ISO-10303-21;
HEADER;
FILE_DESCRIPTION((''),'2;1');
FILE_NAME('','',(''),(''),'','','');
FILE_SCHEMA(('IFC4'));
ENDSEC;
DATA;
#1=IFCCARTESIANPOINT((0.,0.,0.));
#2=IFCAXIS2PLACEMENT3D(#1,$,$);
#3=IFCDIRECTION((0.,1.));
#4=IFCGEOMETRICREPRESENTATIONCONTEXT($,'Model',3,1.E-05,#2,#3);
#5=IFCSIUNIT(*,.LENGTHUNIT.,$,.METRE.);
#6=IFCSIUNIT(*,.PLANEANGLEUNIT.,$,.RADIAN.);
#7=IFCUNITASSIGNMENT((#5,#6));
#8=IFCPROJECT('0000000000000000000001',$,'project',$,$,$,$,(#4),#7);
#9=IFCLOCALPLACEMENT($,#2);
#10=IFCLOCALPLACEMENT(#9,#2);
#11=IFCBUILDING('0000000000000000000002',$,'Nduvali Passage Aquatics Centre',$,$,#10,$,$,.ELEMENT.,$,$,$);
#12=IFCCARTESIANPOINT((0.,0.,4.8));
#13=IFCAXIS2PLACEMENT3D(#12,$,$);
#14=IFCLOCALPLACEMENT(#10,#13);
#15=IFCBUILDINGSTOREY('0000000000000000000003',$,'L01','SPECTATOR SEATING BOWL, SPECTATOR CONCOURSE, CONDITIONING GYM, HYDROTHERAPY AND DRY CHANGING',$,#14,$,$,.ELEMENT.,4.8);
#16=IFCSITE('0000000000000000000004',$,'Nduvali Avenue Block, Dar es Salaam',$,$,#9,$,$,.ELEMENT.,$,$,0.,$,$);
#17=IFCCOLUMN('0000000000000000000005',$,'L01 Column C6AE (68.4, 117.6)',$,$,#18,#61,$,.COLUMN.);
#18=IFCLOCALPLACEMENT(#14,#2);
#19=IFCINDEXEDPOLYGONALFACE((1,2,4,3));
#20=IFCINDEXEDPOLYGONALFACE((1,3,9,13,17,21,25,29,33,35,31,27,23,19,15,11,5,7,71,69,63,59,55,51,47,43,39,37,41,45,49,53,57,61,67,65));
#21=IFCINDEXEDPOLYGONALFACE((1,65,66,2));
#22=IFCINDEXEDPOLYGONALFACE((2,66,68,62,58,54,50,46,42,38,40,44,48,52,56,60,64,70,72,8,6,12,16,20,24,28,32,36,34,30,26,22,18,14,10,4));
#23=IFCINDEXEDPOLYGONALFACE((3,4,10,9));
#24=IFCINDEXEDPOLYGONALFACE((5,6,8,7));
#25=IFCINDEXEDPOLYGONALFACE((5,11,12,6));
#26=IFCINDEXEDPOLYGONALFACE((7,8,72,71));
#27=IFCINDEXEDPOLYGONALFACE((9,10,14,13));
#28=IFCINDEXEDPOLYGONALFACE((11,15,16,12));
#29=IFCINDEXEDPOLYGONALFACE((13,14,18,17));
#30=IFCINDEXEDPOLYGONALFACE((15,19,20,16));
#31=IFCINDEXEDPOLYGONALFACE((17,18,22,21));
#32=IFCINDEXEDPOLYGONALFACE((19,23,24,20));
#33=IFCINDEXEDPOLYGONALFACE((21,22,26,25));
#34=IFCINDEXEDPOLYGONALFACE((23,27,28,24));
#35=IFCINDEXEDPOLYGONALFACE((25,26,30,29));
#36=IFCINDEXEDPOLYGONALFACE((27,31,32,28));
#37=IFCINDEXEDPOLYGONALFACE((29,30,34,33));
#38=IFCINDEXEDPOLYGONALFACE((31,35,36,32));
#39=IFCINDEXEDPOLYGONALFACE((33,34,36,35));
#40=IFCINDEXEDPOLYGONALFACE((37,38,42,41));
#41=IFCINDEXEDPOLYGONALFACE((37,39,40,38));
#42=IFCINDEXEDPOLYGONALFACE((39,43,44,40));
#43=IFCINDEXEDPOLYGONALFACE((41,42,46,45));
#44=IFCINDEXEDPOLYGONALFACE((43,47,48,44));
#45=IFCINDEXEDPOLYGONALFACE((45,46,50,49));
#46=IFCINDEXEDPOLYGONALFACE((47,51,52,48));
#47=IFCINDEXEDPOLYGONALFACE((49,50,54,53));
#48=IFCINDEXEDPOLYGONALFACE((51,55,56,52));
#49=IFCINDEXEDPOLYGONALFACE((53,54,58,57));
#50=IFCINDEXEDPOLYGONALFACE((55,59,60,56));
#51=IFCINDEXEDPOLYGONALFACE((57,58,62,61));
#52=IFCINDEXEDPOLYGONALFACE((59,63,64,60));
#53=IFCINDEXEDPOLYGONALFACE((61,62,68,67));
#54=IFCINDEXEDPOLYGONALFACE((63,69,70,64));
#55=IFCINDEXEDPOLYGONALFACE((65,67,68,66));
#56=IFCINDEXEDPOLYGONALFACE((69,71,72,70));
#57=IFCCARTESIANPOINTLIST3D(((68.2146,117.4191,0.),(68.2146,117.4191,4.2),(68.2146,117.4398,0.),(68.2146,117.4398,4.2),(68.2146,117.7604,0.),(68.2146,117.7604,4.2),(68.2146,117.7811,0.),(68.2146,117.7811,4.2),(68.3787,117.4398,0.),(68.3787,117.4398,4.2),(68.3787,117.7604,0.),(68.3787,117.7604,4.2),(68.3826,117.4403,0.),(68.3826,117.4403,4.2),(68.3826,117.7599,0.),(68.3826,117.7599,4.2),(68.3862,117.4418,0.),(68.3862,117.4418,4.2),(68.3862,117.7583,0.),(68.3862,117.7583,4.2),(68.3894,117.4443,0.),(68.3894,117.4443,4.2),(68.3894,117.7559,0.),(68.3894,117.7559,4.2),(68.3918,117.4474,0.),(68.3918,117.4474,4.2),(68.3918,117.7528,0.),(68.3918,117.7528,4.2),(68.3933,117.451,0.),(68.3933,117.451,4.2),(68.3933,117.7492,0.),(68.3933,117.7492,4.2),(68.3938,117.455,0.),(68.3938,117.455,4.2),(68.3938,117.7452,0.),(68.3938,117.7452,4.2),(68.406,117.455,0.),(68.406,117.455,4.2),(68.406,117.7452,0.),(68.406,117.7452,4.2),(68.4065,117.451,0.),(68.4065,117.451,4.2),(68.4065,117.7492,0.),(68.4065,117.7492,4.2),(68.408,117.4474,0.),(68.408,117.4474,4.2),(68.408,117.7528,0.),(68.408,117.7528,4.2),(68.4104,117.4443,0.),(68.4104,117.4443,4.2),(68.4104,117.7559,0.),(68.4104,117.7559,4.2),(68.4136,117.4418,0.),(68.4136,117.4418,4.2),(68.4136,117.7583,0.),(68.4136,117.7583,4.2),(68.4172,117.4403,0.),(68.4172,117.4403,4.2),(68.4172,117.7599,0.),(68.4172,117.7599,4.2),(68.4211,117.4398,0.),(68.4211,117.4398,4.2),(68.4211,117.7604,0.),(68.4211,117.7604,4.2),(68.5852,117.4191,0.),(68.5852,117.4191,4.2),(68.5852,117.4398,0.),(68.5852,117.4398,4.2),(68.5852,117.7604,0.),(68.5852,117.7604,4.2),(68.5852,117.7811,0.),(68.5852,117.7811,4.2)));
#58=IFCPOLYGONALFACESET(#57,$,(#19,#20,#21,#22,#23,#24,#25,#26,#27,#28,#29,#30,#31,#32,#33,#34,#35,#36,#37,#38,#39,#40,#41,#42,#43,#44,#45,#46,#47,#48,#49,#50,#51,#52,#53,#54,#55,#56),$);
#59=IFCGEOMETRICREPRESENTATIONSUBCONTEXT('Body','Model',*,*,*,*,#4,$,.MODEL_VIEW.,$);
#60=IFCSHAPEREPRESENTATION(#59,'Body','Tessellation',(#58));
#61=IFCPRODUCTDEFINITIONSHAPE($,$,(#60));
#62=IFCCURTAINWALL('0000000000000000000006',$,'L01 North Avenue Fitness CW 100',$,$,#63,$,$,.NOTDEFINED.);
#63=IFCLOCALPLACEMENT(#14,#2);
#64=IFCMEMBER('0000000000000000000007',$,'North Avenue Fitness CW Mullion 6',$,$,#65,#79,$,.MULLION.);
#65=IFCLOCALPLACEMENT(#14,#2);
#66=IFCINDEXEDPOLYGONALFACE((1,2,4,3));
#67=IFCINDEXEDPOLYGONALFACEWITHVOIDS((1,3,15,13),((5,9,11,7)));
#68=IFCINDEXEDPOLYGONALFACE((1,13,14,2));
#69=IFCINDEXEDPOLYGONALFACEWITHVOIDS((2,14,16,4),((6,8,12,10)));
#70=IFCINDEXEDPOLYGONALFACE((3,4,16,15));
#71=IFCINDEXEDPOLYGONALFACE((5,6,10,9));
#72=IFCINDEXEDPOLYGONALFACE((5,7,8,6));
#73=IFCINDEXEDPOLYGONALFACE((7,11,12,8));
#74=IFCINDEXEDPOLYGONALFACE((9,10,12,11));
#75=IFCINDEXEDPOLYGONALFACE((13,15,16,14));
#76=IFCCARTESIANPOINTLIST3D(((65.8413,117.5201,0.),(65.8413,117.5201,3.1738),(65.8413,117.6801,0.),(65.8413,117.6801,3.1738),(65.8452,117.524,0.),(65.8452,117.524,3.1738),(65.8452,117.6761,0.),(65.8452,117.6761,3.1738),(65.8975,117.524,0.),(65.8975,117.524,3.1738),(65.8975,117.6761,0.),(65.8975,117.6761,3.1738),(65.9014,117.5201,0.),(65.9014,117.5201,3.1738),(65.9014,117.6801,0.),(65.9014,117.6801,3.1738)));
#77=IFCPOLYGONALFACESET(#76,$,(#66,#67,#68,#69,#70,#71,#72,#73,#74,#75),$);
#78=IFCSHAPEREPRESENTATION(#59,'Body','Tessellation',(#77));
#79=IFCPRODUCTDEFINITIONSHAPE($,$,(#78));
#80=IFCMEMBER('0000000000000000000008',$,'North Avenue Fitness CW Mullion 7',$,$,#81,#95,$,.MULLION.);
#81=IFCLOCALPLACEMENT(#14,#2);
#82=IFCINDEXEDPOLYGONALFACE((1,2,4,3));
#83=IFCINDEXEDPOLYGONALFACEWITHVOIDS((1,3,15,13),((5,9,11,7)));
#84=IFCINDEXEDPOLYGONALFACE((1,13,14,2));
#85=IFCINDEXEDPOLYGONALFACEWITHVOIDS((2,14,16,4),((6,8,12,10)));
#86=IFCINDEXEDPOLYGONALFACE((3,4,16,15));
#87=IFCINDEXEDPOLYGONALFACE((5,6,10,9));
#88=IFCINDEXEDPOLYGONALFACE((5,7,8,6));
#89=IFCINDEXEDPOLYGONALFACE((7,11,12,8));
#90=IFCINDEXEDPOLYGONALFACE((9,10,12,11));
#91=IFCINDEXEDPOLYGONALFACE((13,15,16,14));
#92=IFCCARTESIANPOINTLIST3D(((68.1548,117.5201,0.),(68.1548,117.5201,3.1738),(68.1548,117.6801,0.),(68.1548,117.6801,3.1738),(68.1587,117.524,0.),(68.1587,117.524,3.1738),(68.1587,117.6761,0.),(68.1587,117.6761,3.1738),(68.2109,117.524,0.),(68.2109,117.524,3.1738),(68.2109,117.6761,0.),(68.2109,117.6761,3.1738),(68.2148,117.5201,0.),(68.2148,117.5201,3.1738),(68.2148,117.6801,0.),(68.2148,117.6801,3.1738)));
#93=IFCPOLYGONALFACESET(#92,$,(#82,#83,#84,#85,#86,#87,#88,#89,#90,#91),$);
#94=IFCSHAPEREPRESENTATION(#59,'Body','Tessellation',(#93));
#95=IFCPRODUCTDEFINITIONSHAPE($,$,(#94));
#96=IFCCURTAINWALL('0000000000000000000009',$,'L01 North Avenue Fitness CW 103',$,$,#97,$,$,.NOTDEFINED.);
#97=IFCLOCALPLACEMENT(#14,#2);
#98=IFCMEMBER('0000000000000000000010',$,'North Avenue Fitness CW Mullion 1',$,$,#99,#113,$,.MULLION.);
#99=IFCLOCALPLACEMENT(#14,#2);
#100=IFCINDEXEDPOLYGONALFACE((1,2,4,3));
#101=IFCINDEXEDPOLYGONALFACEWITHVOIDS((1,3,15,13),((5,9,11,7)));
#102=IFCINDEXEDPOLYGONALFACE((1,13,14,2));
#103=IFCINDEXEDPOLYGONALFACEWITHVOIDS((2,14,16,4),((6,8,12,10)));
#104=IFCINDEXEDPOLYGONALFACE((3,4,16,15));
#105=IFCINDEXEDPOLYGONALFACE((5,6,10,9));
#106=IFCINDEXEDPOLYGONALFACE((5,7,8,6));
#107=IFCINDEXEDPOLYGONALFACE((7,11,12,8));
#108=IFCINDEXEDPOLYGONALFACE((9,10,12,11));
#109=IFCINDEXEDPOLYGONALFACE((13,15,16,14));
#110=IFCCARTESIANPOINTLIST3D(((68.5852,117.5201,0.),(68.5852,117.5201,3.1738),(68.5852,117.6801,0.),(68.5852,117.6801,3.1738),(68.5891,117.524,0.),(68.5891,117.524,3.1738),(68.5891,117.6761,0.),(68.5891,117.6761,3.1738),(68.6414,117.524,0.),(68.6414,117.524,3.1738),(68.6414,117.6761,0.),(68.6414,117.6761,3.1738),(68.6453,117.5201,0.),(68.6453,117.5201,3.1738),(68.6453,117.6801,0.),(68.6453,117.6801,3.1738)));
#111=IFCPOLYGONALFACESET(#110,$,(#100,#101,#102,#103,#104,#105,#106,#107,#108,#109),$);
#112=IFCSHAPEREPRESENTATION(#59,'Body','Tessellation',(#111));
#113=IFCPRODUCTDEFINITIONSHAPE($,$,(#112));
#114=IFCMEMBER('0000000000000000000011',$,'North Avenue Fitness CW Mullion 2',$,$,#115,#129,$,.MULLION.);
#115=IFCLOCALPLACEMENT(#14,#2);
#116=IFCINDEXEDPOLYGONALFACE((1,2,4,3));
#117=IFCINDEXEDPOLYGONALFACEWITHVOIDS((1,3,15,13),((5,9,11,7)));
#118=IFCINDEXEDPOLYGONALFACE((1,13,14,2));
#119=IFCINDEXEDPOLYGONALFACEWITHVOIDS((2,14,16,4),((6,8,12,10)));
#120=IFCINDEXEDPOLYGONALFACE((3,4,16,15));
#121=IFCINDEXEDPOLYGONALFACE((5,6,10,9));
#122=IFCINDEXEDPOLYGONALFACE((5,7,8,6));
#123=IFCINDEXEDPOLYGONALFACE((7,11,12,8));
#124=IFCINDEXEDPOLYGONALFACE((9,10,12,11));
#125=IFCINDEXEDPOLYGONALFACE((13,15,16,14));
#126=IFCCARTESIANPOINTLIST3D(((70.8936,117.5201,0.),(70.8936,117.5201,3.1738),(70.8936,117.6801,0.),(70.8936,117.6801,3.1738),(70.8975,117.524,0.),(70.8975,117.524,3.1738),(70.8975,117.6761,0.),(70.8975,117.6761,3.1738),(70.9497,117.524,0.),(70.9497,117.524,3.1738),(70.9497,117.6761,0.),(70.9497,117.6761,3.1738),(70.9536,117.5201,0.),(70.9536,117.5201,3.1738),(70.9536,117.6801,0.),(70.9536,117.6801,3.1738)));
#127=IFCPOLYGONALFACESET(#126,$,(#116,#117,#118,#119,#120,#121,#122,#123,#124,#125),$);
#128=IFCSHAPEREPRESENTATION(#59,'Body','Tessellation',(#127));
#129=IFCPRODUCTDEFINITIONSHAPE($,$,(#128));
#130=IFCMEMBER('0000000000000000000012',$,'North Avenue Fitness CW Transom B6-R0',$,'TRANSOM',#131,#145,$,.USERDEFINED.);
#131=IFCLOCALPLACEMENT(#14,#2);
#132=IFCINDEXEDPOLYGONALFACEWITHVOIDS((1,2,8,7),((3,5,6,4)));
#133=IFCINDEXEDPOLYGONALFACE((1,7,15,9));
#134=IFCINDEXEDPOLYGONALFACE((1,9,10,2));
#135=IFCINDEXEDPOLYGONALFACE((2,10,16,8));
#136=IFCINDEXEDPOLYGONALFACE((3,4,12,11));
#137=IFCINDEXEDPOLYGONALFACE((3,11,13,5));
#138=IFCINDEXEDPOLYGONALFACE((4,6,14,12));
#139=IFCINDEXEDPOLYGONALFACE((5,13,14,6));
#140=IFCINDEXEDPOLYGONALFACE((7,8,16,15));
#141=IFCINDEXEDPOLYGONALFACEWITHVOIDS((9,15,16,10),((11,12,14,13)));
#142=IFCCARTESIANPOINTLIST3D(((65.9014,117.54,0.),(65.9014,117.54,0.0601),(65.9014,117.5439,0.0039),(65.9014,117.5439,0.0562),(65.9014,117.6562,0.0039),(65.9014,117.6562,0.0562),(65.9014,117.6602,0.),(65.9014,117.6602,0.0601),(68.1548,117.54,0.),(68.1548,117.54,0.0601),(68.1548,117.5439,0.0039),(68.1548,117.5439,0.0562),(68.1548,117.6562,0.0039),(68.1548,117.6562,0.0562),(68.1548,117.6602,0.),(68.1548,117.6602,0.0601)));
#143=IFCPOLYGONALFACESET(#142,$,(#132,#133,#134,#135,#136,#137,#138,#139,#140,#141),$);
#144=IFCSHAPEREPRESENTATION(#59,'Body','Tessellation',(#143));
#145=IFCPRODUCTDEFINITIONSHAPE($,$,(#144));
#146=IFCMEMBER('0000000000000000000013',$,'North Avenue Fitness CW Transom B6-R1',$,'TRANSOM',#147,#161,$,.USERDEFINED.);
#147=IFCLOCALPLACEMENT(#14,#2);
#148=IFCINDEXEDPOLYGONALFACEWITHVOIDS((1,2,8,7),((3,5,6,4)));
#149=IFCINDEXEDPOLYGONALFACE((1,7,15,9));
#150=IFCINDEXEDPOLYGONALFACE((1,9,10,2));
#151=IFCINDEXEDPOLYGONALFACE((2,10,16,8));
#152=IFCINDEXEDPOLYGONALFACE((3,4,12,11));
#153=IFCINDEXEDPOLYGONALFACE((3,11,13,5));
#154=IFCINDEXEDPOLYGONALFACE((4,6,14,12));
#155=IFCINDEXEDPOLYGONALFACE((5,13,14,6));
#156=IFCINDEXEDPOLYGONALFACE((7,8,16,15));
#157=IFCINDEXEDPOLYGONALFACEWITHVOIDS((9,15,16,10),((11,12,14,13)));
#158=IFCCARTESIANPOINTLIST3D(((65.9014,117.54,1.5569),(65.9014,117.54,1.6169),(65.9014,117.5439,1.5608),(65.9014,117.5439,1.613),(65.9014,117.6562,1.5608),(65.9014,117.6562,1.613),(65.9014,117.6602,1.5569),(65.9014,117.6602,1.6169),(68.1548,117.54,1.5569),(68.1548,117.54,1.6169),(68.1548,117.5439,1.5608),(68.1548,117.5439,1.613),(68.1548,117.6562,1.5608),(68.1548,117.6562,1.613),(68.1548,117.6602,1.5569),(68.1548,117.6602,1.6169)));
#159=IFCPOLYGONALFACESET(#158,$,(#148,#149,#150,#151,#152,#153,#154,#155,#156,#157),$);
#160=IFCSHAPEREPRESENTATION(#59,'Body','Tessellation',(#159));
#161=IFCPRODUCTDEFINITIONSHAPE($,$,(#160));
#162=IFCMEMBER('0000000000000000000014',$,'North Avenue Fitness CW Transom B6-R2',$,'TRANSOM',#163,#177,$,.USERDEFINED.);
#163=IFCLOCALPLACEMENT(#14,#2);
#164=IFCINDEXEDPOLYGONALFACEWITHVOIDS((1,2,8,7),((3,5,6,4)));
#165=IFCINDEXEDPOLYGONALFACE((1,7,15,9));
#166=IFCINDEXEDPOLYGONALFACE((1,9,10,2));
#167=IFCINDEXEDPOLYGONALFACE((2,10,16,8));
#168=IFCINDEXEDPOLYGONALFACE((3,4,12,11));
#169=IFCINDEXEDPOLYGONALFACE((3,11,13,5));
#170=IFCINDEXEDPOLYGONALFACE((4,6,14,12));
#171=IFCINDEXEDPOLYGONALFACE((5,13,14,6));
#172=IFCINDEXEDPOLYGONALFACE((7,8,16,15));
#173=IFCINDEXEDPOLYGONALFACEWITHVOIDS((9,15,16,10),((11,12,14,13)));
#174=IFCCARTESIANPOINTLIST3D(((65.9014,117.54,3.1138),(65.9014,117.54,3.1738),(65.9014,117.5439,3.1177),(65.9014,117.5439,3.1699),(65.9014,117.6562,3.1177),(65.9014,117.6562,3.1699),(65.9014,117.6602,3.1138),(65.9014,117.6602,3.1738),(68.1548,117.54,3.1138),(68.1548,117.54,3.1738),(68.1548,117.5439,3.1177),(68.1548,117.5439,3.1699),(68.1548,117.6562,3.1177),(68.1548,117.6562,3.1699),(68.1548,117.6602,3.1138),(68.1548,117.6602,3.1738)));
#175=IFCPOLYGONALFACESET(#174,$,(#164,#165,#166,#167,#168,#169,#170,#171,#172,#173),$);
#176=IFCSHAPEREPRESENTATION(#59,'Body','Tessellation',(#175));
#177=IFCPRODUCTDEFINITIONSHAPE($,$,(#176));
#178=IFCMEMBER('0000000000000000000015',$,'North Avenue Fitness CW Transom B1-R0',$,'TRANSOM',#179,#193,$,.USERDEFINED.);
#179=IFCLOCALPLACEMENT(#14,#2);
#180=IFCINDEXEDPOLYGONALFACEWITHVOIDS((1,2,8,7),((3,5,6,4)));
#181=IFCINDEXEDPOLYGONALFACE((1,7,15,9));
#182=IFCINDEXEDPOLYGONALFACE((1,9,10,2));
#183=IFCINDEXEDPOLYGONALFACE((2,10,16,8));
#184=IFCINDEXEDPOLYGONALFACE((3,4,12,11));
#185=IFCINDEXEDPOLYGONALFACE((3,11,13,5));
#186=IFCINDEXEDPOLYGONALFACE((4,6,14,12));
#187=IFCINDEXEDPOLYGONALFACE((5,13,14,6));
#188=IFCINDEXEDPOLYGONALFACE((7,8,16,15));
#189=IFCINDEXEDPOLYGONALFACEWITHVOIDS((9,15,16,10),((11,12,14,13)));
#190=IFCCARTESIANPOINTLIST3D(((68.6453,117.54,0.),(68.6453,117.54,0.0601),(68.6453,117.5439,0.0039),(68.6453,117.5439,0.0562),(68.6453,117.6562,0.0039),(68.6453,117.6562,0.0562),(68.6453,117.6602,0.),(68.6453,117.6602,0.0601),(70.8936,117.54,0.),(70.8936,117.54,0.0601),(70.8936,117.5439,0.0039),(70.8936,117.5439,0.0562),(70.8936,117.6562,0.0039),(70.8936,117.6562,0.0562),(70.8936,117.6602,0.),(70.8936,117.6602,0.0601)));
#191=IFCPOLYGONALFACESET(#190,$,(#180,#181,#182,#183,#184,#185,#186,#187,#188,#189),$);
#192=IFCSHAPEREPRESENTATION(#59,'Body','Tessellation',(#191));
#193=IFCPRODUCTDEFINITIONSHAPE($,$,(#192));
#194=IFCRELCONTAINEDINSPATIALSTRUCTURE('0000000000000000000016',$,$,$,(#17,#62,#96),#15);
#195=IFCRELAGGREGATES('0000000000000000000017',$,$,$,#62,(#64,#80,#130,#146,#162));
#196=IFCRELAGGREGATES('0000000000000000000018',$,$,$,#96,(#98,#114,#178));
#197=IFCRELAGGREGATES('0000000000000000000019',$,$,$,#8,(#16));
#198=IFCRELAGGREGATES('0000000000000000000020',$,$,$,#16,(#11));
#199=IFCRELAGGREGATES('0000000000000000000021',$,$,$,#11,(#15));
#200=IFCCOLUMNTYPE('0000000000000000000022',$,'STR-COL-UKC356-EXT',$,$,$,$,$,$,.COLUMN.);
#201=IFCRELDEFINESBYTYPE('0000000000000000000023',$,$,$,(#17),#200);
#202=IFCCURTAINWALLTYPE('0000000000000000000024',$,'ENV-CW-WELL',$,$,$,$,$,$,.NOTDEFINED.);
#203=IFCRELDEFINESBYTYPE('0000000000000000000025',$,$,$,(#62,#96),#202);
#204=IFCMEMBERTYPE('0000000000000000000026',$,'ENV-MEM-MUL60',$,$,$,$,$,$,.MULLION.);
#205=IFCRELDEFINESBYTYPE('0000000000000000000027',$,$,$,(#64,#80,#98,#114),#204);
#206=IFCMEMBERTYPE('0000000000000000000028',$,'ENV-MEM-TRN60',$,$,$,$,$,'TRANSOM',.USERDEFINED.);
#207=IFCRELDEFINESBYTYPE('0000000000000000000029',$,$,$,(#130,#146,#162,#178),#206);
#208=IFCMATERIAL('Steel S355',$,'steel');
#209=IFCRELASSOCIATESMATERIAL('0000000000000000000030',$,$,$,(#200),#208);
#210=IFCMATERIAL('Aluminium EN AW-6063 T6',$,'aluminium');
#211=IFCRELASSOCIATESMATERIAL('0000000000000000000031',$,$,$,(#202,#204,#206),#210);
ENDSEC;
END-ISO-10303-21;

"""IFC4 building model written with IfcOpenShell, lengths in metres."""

from ifc_helpers import new_model, si_unit, direction, frame, origin, origin_2d, place, context, subcontext, project, spatial, hollow_rectangle, i_section, extrude, material, material_profile, profile_set, type_object, element, aggregate, save


model = new_model("IFC4")

# Units and contexts
model_context = context("Model", 3, precision=1e-05, world=origin(), true_north=direction((0.0, 1.0)))
body_context = subcontext(model_context, "Body", "Model", "MODEL_VIEW")
ifc_project = project(units=[si_unit("LENGTHUNIT", "METRE"), si_unit("PLANEANGLEUNIT", "RADIAN")], contexts=[model_context])

# Site, building, storey
site_placement = place(None, origin())
site = spatial("IfcSite", under=ifc_project, at=site_placement, Name="Nduvali Avenue Block, Dar es Salaam", CompositionType="ELEMENT", RefElevation=0.0)
building_placement = place(site_placement, origin())
building = spatial("IfcBuilding", under=site, at=building_placement, Name="Nduvali Passage Aquatics Centre", CompositionType="ELEMENT")
storey_placement = place(building_placement, frame((0.0, 0.0, 4.8)))
storey = spatial("IfcBuildingStorey", under=building, at=storey_placement, Name="L01", Description="SPECTATOR SEATING BOWL, SPECTATOR CONCOURSE, CONDITIONING GYM, HYDROTHERAPY AND DRY CHANGING", CompositionType="ELEMENT", Elevation=4.8)

# Column
ifc_material_1 = material(Name="Steel S355", Category="steel")
ifc_material_profile_1 = material_profile(ifc_material_1, i_section(OverallWidth=0.3706, OverallDepth=0.3621, WebThickness=0.0122, FlangeThickness=0.0208, FilletRadius=0.0151, at=origin_2d()), Name="UKC 356x368x153")
ifc_profile_set_1 = profile_set([ifc_material_profile_1], Name="Steel S355")
column_type = type_object("IfcColumnType", Name="STR-COL-UKC356-EXT", PredefinedType="COLUMN", material=ifc_profile_set_1)
column_placement = place(storey_placement, frame((68.3999, 117.6001, 0.0), z_axis=(0.0, 0.0, 1.0), x_axis=(1.0, 0.0, 0.0)))
element("IfcColumn", 1, at=column_placement, inside=storey, type_object=column_type, Name="L01 Column C6AE (68.4, 117.6)", PredefinedType="COLUMN", context=body_context, shape_type="SweptSolid", body=[
    extrude(i_section(OverallWidth=0.3706, OverallDepth=0.3621, WebThickness=0.0122, FlangeThickness=0.0208, FilletRadius=0.0151, at=origin_2d()), origin(), (0.0, 0.0, 1.0), 4.2),
])

# Curtain walls, members
ifc_material_2 = material(Name="Aluminium EN AW-6063 T6", Category="aluminium")
curtain_wall_type = type_object("IfcCurtainWallType", Name="ENV-CW-WELL", PredefinedType="NOTDEFINED", material=ifc_material_2)
curtain_wall_1_placement = place(storey_placement, origin())
curtain_wall_1 = element("IfcCurtainWall", 2, at=curtain_wall_1_placement, inside=storey, type_object=curtain_wall_type, Name="L01 North Avenue Fitness CW 100", PredefinedType="NOTDEFINED")
ifc_material_profile_2 = material_profile(ifc_material_2, hollow_rectangle(XDim=0.0601, YDim=0.1599, WallThickness=0.0039, at=origin_2d()), Name="ALU MULLION 60x160x4")
ifc_profile_set_2 = profile_set([ifc_material_profile_2], Name="Aluminium EN AW-6063 T6")
member_type_1 = type_object("IfcMemberType", Name="ENV-MEM-MUL60", PredefinedType="MULLION", material=ifc_profile_set_2)
member_1_placement = place(storey_placement, frame((65.8713, 117.6001, 0.0), z_axis=(0.0, 0.0, 1.0), x_axis=(1.0, 0.0, 0.0)))
member_1 = element("IfcMember", 3, at=member_1_placement, type_object=member_type_1, Name="North Avenue Fitness CW Mullion 6", PredefinedType="MULLION", context=body_context, shape_type="SweptSolid", body=[
    extrude(hollow_rectangle(XDim=0.0601, YDim=0.1599, WallThickness=0.0039, at=origin_2d()), origin(), (0.0, 0.0, 1.0), 3.1738),
])
member_2_placement = place(storey_placement, frame((68.1848, 117.6001, 0.0), z_axis=(0.0, 0.0, 1.0), x_axis=(1.0, 0.0, 0.0)))
member_2 = element("IfcMember", 4, at=member_2_placement, type_object=member_type_1, Name="North Avenue Fitness CW Mullion 7", PredefinedType="MULLION", context=body_context, shape_type="SweptSolid", body=[
    extrude(hollow_rectangle(XDim=0.0601, YDim=0.1599, WallThickness=0.0039, at=origin_2d()), origin(), (0.0, 0.0, 1.0), 3.1738),
])
curtain_wall_2_placement = place(storey_placement, origin())
curtain_wall_2 = element("IfcCurtainWall", 5, at=curtain_wall_2_placement, inside=storey, type_object=curtain_wall_type, Name="L01 North Avenue Fitness CW 103", PredefinedType="NOTDEFINED")
member_3_placement = place(storey_placement, frame((68.6152, 117.6001, 0.0), z_axis=(0.0, 0.0, 1.0), x_axis=(1.0, 0.0, 0.0)))
member_3 = element("IfcMember", 6, at=member_3_placement, type_object=member_type_1, Name="North Avenue Fitness CW Mullion 1", PredefinedType="MULLION", context=body_context, shape_type="SweptSolid", body=[
    extrude(hollow_rectangle(XDim=0.0601, YDim=0.1599, WallThickness=0.0039, at=origin_2d()), origin(), (0.0, 0.0, 1.0), 3.1738),
])
member_4_placement = place(storey_placement, frame((70.9236, 117.6001, 0.0), z_axis=(0.0, 0.0, 1.0), x_axis=(1.0, 0.0, 0.0)))
member_4 = element("IfcMember", 7, at=member_4_placement, type_object=member_type_1, Name="North Avenue Fitness CW Mullion 2", PredefinedType="MULLION", context=body_context, shape_type="SweptSolid", body=[
    extrude(hollow_rectangle(XDim=0.0601, YDim=0.1599, WallThickness=0.0039, at=origin_2d()), origin(), (0.0, 0.0, 1.0), 3.1738),
])

# Members
ifc_material_profile_3 = material_profile(ifc_material_2, hollow_rectangle(XDim=0.1201, YDim=0.0601, WallThickness=0.0039, at=origin_2d()), Name="ALU TRANSOM 120x60x4")
ifc_profile_set_3 = profile_set([ifc_material_profile_3], Name="Aluminium EN AW-6063 T6")
member_type_2 = type_object("IfcMemberType", Name="ENV-MEM-TRN60", ElementType="TRANSOM", PredefinedType="USERDEFINED", material=ifc_profile_set_3)
member_5_placement = place(storey_placement, frame((65.9014, 117.6001, 0.03), z_axis=(1.0, 0.0, 0.0), x_axis=(0.0, 1.0, 0.0)))
member_5 = element("IfcMember", 8, at=member_5_placement, type_object=member_type_2, Name="North Avenue Fitness CW Transom B6-R0", ObjectType="TRANSOM", PredefinedType="USERDEFINED", context=body_context, shape_type="SweptSolid", body=[
    extrude(hollow_rectangle(XDim=0.1201, YDim=0.0601, WallThickness=0.0039, at=origin_2d()), origin(), (0.0, 0.0, 1.0), 2.2534),
])
member_6_placement = place(storey_placement, frame((65.9014, 117.6001, 1.5869), z_axis=(1.0, 0.0, 0.0), x_axis=(0.0, 1.0, 0.0)))
member_6 = element("IfcMember", 9, at=member_6_placement, type_object=member_type_2, Name="North Avenue Fitness CW Transom B6-R1", ObjectType="TRANSOM", PredefinedType="USERDEFINED", context=body_context, shape_type="SweptSolid", body=[
    extrude(hollow_rectangle(XDim=0.1201, YDim=0.0601, WallThickness=0.0039, at=origin_2d()), origin(), (0.0, 0.0, 1.0), 2.2534),
])
member_7_placement = place(storey_placement, frame((65.9014, 117.6001, 3.1438), z_axis=(1.0, 0.0, 0.0), x_axis=(0.0, 1.0, 0.0)))
member_7 = element("IfcMember", 10, at=member_7_placement, type_object=member_type_2, Name="North Avenue Fitness CW Transom B6-R2", ObjectType="TRANSOM", PredefinedType="USERDEFINED", context=body_context, shape_type="SweptSolid", body=[
    extrude(hollow_rectangle(XDim=0.1201, YDim=0.0601, WallThickness=0.0039, at=origin_2d()), origin(), (0.0, 0.0, 1.0), 2.2534),
])
member_8_placement = place(storey_placement, frame((68.6453, 117.6001, 0.03), z_axis=(1.0, 0.0, 0.0), x_axis=(0.0, 1.0, 0.0)))
member_8 = element("IfcMember", 11, at=member_8_placement, type_object=member_type_2, Name="North Avenue Fitness CW Transom B1-R0", ObjectType="TRANSOM", PredefinedType="USERDEFINED", context=body_context, shape_type="SweptSolid", body=[
    extrude(hollow_rectangle(XDim=0.1201, YDim=0.0601, WallThickness=0.0039, at=origin_2d()), origin(), (0.0, 0.0, 1.0), 2.2483),
])

aggregate(curtain_wall_1, [member_1, member_2, member_5, member_6, member_7])
aggregate(curtain_wall_2, [member_3, member_4, member_8])

save(model, "model.ifc")
